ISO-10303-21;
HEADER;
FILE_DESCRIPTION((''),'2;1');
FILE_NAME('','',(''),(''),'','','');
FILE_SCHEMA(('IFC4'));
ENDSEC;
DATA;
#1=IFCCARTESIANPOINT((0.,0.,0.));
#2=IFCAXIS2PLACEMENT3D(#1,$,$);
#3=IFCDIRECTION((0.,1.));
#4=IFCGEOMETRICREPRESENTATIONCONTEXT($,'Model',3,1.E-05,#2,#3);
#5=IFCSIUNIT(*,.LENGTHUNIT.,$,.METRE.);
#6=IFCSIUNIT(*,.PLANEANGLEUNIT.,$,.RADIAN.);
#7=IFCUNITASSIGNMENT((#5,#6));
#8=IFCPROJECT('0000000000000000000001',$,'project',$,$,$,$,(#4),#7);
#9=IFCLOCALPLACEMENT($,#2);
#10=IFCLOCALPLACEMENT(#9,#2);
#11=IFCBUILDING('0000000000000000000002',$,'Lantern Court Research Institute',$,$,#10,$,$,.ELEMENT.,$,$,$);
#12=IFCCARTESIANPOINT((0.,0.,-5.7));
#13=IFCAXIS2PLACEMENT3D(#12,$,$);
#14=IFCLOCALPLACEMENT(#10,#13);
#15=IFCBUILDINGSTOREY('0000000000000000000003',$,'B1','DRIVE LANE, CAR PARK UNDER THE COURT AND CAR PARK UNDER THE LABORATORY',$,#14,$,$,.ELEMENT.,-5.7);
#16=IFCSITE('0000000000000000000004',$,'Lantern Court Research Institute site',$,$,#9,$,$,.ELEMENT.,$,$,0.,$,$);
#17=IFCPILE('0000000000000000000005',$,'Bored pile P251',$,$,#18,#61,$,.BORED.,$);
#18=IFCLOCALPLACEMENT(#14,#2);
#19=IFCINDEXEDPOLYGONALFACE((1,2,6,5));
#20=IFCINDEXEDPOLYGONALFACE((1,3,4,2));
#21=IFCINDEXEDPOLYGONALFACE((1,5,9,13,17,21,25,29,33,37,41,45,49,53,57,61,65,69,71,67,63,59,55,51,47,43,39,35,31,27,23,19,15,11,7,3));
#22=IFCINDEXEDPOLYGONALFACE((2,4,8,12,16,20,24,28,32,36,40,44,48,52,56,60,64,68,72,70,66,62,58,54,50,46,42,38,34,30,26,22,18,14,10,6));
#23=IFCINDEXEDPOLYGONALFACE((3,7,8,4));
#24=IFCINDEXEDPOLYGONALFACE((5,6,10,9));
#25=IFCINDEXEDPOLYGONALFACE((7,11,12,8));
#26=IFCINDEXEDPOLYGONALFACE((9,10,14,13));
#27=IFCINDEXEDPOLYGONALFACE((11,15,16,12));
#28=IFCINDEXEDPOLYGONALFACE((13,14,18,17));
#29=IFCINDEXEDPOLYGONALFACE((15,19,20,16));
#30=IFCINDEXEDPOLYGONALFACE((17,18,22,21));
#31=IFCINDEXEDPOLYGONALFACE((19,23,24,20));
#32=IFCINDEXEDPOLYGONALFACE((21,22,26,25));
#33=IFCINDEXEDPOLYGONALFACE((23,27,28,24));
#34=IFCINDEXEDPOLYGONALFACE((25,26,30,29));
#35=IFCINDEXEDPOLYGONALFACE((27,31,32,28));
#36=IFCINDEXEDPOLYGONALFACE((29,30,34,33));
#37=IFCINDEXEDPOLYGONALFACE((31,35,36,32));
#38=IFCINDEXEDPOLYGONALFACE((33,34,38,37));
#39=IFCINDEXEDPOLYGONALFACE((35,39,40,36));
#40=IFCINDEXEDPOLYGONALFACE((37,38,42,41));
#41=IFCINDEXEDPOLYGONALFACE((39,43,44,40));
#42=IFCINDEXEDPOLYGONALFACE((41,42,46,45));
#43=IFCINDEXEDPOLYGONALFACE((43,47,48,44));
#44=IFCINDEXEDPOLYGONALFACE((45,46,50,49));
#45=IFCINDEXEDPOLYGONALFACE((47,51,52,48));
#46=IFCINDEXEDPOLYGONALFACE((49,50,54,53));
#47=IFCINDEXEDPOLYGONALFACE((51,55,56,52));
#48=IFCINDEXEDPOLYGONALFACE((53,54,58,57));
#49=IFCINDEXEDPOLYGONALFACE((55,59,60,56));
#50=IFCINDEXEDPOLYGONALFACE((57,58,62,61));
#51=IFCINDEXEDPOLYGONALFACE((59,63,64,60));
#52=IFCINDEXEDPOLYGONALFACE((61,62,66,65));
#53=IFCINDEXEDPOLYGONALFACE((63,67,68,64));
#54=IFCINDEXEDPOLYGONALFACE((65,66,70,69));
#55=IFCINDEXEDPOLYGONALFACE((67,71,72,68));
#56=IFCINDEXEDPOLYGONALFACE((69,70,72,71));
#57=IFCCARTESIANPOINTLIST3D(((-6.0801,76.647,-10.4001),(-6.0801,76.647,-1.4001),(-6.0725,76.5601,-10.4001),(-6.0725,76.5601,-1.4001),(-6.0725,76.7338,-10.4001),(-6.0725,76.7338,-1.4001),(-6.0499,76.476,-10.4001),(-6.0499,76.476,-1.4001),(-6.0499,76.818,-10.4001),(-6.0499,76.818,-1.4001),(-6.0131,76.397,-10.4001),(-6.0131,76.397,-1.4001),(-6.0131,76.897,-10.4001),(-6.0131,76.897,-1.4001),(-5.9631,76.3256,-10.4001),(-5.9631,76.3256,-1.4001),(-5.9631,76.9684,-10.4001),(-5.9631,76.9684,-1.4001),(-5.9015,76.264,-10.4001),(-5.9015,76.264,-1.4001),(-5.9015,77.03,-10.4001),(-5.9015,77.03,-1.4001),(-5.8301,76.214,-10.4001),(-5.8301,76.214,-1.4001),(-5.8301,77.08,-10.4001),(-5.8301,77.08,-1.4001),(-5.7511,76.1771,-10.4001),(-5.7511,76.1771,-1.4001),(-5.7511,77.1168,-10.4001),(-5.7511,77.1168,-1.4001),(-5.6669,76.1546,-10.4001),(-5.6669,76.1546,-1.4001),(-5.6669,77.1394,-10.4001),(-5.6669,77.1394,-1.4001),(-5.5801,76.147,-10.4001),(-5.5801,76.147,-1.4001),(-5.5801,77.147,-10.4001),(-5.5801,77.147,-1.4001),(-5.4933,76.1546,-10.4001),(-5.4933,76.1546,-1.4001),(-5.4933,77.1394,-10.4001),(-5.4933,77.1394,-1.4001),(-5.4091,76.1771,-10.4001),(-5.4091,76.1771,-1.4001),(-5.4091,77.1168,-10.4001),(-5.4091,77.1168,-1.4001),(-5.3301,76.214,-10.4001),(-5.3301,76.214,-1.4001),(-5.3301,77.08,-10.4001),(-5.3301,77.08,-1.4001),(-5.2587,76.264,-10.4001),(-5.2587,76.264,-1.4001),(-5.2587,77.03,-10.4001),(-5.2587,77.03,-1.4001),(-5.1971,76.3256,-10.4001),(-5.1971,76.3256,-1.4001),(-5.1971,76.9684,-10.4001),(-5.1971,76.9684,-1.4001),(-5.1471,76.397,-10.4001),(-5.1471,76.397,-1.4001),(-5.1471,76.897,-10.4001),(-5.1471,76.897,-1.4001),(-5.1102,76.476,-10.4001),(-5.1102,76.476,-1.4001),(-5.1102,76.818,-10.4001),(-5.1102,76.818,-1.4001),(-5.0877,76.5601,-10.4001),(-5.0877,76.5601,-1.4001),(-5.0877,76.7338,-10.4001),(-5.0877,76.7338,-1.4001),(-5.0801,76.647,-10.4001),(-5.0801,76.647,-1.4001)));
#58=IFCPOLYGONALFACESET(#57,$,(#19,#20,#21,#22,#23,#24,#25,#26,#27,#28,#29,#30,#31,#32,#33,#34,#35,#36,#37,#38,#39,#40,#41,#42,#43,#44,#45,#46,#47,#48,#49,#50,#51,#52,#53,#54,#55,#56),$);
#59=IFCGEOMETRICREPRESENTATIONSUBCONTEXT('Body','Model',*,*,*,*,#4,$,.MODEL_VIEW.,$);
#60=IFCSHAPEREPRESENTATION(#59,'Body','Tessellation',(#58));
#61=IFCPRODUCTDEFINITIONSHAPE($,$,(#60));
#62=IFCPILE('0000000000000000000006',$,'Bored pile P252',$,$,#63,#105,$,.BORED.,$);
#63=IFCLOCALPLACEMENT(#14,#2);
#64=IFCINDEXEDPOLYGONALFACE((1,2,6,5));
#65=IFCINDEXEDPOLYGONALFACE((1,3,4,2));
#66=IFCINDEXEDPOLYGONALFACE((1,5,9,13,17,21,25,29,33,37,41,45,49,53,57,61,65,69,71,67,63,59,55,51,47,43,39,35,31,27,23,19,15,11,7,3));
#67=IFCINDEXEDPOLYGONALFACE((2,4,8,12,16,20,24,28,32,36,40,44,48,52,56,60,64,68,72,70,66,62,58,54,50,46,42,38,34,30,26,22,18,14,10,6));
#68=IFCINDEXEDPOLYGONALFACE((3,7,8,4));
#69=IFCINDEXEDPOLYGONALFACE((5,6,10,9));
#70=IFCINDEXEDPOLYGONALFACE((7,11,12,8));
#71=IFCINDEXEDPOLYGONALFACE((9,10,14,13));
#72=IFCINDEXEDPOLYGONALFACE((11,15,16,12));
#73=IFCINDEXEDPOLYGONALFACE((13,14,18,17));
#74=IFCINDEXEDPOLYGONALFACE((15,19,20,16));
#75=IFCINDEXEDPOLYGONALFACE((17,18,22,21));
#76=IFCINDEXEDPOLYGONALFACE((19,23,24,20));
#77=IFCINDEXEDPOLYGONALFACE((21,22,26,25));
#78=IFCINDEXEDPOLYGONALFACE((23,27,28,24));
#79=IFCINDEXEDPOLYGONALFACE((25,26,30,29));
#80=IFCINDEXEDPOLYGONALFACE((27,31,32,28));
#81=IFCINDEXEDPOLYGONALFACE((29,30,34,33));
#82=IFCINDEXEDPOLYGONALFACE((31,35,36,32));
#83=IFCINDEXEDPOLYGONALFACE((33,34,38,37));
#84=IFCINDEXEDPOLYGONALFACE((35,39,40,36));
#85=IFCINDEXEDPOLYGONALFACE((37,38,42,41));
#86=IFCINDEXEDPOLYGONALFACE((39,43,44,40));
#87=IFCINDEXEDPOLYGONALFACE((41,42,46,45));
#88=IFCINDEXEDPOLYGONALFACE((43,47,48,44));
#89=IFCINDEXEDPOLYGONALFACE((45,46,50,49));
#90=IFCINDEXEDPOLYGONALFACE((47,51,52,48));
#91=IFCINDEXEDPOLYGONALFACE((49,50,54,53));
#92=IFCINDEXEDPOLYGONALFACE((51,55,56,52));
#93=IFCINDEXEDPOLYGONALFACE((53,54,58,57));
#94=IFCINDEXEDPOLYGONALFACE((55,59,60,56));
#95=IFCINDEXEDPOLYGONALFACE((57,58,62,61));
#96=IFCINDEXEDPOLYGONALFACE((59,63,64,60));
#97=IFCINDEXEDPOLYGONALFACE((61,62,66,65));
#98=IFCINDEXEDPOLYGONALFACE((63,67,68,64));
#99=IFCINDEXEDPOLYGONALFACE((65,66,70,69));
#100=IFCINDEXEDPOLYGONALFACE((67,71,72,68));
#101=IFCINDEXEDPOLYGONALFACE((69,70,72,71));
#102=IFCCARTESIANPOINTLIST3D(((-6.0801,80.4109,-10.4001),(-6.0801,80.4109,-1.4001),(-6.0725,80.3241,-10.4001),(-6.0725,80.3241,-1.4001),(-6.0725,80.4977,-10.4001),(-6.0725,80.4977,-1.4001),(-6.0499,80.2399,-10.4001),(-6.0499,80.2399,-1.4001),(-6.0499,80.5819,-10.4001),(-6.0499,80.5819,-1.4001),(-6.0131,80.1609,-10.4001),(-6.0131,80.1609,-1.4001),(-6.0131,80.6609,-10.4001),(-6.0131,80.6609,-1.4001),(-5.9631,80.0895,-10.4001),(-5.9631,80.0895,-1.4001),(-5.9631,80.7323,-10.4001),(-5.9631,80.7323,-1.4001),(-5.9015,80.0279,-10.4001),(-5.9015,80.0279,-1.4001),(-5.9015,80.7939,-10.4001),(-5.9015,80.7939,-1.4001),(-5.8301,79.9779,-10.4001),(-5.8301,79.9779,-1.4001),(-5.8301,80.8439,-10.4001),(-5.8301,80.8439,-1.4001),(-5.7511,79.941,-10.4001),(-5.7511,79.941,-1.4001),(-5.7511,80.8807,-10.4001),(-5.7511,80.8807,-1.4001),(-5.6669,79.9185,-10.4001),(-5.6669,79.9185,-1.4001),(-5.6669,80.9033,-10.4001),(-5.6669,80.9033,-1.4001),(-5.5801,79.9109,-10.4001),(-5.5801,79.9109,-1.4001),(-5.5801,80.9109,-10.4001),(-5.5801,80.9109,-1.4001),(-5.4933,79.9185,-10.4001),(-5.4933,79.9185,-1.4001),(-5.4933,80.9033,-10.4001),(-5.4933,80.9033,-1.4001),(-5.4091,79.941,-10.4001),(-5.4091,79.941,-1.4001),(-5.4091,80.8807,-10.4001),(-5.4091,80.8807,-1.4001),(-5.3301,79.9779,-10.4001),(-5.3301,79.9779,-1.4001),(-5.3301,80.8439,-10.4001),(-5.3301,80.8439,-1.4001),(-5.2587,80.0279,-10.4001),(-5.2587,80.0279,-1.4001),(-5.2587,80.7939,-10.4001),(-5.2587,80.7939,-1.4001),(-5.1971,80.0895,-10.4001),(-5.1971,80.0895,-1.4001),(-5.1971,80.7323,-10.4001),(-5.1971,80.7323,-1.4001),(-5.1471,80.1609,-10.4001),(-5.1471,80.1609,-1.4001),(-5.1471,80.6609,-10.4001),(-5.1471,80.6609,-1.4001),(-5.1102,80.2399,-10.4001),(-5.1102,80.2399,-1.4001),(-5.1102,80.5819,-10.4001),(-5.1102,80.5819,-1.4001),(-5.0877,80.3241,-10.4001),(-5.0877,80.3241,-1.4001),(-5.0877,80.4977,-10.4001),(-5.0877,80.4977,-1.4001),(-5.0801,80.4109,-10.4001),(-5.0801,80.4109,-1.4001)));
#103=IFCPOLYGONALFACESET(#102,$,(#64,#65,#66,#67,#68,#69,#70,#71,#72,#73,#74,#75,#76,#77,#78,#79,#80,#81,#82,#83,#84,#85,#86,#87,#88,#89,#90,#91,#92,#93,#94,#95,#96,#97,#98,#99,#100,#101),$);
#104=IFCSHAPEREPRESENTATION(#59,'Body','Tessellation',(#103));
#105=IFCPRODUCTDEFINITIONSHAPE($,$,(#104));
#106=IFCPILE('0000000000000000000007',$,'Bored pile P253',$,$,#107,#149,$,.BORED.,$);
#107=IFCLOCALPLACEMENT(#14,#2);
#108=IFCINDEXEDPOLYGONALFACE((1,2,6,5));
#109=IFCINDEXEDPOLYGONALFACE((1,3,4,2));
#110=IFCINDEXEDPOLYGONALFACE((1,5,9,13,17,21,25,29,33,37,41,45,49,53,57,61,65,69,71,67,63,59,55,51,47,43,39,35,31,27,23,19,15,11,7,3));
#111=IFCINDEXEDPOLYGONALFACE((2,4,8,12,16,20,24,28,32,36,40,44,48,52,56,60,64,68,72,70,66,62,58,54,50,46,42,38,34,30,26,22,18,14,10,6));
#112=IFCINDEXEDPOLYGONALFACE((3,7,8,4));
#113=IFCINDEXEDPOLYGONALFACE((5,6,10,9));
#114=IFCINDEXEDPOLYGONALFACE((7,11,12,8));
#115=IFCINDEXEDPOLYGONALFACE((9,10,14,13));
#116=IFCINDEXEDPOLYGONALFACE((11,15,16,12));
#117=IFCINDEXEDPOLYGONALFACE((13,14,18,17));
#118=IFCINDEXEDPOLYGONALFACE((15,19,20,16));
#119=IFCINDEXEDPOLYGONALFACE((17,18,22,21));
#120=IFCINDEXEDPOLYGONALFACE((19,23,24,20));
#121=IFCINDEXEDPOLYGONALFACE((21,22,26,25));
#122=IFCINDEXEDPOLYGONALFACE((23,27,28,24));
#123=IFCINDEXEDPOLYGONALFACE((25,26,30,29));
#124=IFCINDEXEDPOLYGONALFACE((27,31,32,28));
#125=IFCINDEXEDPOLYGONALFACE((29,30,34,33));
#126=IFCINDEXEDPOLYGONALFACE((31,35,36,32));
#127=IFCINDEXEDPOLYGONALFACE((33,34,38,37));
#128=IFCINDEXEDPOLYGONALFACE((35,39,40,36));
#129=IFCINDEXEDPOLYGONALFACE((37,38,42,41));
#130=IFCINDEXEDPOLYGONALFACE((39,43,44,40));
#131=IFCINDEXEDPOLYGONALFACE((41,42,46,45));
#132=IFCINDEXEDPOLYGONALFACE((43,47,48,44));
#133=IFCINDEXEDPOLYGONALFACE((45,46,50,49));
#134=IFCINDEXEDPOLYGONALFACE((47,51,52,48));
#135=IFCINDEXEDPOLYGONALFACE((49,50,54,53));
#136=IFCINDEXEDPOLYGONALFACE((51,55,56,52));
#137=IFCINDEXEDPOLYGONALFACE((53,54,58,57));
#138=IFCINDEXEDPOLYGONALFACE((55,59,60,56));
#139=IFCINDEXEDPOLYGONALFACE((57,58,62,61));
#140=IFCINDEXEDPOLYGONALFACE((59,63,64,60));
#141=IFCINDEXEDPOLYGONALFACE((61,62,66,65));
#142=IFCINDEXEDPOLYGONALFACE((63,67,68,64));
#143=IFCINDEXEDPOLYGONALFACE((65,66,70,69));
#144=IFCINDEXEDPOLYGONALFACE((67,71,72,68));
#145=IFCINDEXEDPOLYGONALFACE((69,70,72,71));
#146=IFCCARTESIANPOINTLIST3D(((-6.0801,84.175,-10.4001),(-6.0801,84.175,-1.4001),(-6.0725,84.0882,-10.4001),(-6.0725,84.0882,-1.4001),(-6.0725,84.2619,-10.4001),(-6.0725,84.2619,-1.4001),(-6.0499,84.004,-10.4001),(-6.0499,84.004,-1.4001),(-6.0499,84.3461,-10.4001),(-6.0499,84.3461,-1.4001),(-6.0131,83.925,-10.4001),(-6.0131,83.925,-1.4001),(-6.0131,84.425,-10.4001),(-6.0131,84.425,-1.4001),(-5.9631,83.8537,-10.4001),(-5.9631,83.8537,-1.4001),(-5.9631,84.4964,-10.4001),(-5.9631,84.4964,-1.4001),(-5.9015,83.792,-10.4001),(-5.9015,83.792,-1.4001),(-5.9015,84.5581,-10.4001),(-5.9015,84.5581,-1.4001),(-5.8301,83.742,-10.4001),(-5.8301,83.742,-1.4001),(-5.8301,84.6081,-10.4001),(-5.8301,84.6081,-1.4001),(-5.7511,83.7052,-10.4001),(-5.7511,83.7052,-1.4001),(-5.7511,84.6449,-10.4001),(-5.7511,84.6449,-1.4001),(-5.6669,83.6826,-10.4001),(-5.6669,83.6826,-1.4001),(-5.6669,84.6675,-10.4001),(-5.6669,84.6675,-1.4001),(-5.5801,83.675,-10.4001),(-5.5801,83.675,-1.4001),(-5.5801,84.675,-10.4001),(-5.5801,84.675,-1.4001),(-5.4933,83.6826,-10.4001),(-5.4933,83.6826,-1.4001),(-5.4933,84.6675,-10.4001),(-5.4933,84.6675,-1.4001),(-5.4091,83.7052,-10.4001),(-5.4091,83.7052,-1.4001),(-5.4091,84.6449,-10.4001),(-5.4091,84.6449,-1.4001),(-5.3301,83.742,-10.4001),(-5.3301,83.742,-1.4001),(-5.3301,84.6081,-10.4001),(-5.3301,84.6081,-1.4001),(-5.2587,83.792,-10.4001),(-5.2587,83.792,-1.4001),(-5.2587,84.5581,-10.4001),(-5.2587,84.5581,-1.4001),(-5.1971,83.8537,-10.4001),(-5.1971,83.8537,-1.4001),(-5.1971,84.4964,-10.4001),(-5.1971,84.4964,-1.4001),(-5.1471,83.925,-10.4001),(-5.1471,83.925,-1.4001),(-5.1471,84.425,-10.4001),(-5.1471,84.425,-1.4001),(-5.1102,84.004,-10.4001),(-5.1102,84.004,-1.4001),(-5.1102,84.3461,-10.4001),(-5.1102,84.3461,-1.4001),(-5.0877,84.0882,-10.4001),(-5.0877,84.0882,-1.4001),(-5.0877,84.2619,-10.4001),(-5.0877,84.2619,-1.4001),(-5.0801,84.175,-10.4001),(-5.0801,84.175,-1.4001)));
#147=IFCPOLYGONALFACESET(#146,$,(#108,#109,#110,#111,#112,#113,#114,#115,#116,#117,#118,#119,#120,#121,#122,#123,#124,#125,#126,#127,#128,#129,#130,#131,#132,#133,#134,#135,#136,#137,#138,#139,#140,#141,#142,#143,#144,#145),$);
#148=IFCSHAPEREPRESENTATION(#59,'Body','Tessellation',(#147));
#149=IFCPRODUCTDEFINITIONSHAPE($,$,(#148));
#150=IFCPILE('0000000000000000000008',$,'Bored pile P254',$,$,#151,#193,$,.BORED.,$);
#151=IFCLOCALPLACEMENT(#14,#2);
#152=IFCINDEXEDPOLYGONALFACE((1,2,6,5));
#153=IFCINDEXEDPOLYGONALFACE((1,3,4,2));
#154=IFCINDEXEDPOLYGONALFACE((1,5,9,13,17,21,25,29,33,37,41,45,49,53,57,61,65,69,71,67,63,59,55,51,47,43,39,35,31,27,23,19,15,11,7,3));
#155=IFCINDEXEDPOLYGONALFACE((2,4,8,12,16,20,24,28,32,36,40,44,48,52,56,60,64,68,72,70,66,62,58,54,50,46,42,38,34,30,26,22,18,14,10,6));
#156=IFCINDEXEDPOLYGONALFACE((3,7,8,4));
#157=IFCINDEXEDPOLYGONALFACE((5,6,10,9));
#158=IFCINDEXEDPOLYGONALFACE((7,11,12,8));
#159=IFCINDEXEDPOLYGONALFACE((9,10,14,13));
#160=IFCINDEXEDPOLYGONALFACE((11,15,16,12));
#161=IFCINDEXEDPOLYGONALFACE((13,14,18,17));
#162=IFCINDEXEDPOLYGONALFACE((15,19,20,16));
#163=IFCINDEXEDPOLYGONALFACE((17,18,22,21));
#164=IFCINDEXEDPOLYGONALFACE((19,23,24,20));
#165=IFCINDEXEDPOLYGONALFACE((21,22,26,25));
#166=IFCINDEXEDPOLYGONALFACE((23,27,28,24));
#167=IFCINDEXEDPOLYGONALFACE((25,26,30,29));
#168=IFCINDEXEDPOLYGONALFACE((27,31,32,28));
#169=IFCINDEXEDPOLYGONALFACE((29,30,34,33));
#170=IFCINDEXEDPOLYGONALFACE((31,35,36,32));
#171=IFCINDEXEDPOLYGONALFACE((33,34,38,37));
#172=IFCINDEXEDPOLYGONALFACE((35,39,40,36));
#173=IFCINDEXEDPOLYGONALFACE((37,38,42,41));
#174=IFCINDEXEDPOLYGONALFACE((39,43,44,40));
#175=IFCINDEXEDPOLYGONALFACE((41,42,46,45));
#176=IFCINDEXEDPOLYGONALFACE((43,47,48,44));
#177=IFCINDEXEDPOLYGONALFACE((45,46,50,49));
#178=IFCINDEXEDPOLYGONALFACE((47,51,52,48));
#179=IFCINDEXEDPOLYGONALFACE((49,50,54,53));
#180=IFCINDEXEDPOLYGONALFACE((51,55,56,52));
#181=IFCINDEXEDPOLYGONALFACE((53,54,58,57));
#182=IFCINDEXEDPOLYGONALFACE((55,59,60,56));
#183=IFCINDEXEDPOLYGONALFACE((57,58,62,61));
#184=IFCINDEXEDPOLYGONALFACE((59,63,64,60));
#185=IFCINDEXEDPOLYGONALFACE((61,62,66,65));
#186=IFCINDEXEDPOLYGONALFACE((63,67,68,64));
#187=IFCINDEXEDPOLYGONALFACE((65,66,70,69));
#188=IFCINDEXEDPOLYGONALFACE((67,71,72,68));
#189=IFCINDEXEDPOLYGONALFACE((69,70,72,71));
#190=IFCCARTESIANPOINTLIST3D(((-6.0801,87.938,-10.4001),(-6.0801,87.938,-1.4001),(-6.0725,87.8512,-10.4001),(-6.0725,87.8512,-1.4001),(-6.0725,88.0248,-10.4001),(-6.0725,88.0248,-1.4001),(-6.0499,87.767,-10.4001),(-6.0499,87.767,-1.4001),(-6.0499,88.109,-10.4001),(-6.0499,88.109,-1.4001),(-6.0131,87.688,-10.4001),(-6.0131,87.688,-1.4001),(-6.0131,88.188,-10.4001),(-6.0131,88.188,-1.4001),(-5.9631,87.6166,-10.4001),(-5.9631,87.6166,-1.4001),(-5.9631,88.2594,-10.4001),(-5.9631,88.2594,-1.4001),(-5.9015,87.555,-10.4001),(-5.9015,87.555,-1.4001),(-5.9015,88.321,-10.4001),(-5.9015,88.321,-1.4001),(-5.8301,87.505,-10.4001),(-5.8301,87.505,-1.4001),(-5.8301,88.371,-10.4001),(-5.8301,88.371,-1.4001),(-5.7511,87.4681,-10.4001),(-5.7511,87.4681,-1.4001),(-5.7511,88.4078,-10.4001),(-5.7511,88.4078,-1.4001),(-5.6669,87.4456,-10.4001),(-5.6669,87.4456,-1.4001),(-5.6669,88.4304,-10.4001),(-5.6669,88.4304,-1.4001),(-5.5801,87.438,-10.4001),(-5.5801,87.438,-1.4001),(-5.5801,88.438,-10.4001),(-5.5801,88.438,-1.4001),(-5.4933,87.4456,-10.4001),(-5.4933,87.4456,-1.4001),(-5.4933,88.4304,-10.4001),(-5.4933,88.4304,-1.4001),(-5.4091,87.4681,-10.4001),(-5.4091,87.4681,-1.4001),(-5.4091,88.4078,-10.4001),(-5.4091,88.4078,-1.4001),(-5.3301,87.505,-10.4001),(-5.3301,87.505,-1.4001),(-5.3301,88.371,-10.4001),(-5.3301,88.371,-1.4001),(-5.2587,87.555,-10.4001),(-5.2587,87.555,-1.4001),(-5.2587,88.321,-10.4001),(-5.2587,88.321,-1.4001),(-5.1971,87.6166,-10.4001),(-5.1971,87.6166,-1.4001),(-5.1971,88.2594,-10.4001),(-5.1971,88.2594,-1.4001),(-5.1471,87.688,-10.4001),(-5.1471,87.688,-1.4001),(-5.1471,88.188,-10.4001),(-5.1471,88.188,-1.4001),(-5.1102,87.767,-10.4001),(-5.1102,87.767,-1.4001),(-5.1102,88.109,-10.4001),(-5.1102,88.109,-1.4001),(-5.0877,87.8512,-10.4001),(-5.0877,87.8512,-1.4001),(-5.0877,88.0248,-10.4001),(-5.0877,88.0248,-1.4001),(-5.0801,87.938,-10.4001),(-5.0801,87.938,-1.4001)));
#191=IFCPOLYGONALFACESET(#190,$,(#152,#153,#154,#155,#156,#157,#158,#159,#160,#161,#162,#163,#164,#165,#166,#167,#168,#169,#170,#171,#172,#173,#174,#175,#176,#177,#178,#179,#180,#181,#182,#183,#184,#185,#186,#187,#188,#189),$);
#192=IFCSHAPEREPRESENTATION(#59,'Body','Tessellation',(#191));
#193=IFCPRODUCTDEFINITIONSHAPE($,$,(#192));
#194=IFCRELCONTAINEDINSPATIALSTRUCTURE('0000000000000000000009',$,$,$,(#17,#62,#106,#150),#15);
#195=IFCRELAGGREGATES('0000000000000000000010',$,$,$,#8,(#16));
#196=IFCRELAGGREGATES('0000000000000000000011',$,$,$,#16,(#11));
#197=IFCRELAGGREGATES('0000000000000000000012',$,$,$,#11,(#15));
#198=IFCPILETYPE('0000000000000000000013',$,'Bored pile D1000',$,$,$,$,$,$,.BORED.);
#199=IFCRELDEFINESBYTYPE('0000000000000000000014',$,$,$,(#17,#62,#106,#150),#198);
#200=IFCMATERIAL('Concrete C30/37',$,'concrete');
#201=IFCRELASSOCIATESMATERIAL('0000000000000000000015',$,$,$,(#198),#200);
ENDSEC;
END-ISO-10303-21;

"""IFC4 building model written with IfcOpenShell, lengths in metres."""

from ifc_helpers import new_model, si_unit, direction, frame, origin, origin_2d, place, context, subcontext, project, spatial, circle, extrude, material, material_profile, profile_set, type_object, element, save


model = new_model("IFC4")

# Units and contexts
model_context = context("Model", 3, precision=1e-05, world=origin(), true_north=direction((0.0, 1.0)))
body_context = subcontext(model_context, "Body", "Model", "MODEL_VIEW")
ifc_project = project(units=[si_unit("LENGTHUNIT", "METRE"), si_unit("PLANEANGLEUNIT", "RADIAN")], contexts=[model_context])

# Site, building, storey
site_placement = place(None, origin())
site = spatial("IfcSite", under=ifc_project, at=site_placement, Name="Lantern Court Research Institute site", CompositionType="ELEMENT", RefElevation=0.0)
building_placement = place(site_placement, origin())
building = spatial("IfcBuilding", under=site, at=building_placement, Name="Lantern Court Research Institute", CompositionType="ELEMENT")
storey_placement = place(building_placement, frame((0.0, 0.0, -5.7)))
storey = spatial("IfcBuildingStorey", under=building, at=storey_placement, Name="B1", Description="DRIVE LANE, CAR PARK UNDER THE COURT AND CAR PARK UNDER THE LABORATORY", CompositionType="ELEMENT", Elevation=-5.7)

# Piles
ifc_material_1 = material(Name="Concrete C30/37", Category="concrete")
ifc_material_profile_1 = material_profile(ifc_material_1, circle(Radius=0.5, at=origin_2d()), Name="Bored pile D1000")
ifc_profile_set_1 = profile_set([ifc_material_profile_1], Name="Concrete C30/37")
pile_type_1 = type_object("IfcPileType", Name="Bored pile D1000", PredefinedType="BORED", material=ifc_profile_set_1)
for number, where, z_axis, x_axis, name in (
    (1, (-5.5801, 76.647, -1.4001), (0.0, 0.0, -1.0), (1.0, 0.0, 0.0), "Bored pile P251"),
    (2, (-5.5801, 80.4109, -1.4001), (0.0, 0.0, -1.0), (1.0, 0.0, 0.0), "Bored pile P252"),
    (3, (-5.5801, 84.175, -1.4001), (0.0, 0.0, -1.0), (1.0, 0.0, 0.0), "Bored pile P253"),
    (4, (-5.5801, 87.938, -1.4001), (0.0, 0.0, -1.0), (1.0, 0.0, 0.0), "Bored pile P254"),
):
    element("IfcPile", number, at=place(storey_placement, frame(where, z_axis=z_axis, x_axis=x_axis)), inside=storey, type_object=pile_type_1, Name=name, PredefinedType="BORED", context=body_context, shape_type="SweptSolid", body=[
        extrude(circle(Radius=0.5, at=origin_2d()), origin(), (0.0, 0.0, 1.0), 9.0),
    ])

save(model, "model.ifc")
